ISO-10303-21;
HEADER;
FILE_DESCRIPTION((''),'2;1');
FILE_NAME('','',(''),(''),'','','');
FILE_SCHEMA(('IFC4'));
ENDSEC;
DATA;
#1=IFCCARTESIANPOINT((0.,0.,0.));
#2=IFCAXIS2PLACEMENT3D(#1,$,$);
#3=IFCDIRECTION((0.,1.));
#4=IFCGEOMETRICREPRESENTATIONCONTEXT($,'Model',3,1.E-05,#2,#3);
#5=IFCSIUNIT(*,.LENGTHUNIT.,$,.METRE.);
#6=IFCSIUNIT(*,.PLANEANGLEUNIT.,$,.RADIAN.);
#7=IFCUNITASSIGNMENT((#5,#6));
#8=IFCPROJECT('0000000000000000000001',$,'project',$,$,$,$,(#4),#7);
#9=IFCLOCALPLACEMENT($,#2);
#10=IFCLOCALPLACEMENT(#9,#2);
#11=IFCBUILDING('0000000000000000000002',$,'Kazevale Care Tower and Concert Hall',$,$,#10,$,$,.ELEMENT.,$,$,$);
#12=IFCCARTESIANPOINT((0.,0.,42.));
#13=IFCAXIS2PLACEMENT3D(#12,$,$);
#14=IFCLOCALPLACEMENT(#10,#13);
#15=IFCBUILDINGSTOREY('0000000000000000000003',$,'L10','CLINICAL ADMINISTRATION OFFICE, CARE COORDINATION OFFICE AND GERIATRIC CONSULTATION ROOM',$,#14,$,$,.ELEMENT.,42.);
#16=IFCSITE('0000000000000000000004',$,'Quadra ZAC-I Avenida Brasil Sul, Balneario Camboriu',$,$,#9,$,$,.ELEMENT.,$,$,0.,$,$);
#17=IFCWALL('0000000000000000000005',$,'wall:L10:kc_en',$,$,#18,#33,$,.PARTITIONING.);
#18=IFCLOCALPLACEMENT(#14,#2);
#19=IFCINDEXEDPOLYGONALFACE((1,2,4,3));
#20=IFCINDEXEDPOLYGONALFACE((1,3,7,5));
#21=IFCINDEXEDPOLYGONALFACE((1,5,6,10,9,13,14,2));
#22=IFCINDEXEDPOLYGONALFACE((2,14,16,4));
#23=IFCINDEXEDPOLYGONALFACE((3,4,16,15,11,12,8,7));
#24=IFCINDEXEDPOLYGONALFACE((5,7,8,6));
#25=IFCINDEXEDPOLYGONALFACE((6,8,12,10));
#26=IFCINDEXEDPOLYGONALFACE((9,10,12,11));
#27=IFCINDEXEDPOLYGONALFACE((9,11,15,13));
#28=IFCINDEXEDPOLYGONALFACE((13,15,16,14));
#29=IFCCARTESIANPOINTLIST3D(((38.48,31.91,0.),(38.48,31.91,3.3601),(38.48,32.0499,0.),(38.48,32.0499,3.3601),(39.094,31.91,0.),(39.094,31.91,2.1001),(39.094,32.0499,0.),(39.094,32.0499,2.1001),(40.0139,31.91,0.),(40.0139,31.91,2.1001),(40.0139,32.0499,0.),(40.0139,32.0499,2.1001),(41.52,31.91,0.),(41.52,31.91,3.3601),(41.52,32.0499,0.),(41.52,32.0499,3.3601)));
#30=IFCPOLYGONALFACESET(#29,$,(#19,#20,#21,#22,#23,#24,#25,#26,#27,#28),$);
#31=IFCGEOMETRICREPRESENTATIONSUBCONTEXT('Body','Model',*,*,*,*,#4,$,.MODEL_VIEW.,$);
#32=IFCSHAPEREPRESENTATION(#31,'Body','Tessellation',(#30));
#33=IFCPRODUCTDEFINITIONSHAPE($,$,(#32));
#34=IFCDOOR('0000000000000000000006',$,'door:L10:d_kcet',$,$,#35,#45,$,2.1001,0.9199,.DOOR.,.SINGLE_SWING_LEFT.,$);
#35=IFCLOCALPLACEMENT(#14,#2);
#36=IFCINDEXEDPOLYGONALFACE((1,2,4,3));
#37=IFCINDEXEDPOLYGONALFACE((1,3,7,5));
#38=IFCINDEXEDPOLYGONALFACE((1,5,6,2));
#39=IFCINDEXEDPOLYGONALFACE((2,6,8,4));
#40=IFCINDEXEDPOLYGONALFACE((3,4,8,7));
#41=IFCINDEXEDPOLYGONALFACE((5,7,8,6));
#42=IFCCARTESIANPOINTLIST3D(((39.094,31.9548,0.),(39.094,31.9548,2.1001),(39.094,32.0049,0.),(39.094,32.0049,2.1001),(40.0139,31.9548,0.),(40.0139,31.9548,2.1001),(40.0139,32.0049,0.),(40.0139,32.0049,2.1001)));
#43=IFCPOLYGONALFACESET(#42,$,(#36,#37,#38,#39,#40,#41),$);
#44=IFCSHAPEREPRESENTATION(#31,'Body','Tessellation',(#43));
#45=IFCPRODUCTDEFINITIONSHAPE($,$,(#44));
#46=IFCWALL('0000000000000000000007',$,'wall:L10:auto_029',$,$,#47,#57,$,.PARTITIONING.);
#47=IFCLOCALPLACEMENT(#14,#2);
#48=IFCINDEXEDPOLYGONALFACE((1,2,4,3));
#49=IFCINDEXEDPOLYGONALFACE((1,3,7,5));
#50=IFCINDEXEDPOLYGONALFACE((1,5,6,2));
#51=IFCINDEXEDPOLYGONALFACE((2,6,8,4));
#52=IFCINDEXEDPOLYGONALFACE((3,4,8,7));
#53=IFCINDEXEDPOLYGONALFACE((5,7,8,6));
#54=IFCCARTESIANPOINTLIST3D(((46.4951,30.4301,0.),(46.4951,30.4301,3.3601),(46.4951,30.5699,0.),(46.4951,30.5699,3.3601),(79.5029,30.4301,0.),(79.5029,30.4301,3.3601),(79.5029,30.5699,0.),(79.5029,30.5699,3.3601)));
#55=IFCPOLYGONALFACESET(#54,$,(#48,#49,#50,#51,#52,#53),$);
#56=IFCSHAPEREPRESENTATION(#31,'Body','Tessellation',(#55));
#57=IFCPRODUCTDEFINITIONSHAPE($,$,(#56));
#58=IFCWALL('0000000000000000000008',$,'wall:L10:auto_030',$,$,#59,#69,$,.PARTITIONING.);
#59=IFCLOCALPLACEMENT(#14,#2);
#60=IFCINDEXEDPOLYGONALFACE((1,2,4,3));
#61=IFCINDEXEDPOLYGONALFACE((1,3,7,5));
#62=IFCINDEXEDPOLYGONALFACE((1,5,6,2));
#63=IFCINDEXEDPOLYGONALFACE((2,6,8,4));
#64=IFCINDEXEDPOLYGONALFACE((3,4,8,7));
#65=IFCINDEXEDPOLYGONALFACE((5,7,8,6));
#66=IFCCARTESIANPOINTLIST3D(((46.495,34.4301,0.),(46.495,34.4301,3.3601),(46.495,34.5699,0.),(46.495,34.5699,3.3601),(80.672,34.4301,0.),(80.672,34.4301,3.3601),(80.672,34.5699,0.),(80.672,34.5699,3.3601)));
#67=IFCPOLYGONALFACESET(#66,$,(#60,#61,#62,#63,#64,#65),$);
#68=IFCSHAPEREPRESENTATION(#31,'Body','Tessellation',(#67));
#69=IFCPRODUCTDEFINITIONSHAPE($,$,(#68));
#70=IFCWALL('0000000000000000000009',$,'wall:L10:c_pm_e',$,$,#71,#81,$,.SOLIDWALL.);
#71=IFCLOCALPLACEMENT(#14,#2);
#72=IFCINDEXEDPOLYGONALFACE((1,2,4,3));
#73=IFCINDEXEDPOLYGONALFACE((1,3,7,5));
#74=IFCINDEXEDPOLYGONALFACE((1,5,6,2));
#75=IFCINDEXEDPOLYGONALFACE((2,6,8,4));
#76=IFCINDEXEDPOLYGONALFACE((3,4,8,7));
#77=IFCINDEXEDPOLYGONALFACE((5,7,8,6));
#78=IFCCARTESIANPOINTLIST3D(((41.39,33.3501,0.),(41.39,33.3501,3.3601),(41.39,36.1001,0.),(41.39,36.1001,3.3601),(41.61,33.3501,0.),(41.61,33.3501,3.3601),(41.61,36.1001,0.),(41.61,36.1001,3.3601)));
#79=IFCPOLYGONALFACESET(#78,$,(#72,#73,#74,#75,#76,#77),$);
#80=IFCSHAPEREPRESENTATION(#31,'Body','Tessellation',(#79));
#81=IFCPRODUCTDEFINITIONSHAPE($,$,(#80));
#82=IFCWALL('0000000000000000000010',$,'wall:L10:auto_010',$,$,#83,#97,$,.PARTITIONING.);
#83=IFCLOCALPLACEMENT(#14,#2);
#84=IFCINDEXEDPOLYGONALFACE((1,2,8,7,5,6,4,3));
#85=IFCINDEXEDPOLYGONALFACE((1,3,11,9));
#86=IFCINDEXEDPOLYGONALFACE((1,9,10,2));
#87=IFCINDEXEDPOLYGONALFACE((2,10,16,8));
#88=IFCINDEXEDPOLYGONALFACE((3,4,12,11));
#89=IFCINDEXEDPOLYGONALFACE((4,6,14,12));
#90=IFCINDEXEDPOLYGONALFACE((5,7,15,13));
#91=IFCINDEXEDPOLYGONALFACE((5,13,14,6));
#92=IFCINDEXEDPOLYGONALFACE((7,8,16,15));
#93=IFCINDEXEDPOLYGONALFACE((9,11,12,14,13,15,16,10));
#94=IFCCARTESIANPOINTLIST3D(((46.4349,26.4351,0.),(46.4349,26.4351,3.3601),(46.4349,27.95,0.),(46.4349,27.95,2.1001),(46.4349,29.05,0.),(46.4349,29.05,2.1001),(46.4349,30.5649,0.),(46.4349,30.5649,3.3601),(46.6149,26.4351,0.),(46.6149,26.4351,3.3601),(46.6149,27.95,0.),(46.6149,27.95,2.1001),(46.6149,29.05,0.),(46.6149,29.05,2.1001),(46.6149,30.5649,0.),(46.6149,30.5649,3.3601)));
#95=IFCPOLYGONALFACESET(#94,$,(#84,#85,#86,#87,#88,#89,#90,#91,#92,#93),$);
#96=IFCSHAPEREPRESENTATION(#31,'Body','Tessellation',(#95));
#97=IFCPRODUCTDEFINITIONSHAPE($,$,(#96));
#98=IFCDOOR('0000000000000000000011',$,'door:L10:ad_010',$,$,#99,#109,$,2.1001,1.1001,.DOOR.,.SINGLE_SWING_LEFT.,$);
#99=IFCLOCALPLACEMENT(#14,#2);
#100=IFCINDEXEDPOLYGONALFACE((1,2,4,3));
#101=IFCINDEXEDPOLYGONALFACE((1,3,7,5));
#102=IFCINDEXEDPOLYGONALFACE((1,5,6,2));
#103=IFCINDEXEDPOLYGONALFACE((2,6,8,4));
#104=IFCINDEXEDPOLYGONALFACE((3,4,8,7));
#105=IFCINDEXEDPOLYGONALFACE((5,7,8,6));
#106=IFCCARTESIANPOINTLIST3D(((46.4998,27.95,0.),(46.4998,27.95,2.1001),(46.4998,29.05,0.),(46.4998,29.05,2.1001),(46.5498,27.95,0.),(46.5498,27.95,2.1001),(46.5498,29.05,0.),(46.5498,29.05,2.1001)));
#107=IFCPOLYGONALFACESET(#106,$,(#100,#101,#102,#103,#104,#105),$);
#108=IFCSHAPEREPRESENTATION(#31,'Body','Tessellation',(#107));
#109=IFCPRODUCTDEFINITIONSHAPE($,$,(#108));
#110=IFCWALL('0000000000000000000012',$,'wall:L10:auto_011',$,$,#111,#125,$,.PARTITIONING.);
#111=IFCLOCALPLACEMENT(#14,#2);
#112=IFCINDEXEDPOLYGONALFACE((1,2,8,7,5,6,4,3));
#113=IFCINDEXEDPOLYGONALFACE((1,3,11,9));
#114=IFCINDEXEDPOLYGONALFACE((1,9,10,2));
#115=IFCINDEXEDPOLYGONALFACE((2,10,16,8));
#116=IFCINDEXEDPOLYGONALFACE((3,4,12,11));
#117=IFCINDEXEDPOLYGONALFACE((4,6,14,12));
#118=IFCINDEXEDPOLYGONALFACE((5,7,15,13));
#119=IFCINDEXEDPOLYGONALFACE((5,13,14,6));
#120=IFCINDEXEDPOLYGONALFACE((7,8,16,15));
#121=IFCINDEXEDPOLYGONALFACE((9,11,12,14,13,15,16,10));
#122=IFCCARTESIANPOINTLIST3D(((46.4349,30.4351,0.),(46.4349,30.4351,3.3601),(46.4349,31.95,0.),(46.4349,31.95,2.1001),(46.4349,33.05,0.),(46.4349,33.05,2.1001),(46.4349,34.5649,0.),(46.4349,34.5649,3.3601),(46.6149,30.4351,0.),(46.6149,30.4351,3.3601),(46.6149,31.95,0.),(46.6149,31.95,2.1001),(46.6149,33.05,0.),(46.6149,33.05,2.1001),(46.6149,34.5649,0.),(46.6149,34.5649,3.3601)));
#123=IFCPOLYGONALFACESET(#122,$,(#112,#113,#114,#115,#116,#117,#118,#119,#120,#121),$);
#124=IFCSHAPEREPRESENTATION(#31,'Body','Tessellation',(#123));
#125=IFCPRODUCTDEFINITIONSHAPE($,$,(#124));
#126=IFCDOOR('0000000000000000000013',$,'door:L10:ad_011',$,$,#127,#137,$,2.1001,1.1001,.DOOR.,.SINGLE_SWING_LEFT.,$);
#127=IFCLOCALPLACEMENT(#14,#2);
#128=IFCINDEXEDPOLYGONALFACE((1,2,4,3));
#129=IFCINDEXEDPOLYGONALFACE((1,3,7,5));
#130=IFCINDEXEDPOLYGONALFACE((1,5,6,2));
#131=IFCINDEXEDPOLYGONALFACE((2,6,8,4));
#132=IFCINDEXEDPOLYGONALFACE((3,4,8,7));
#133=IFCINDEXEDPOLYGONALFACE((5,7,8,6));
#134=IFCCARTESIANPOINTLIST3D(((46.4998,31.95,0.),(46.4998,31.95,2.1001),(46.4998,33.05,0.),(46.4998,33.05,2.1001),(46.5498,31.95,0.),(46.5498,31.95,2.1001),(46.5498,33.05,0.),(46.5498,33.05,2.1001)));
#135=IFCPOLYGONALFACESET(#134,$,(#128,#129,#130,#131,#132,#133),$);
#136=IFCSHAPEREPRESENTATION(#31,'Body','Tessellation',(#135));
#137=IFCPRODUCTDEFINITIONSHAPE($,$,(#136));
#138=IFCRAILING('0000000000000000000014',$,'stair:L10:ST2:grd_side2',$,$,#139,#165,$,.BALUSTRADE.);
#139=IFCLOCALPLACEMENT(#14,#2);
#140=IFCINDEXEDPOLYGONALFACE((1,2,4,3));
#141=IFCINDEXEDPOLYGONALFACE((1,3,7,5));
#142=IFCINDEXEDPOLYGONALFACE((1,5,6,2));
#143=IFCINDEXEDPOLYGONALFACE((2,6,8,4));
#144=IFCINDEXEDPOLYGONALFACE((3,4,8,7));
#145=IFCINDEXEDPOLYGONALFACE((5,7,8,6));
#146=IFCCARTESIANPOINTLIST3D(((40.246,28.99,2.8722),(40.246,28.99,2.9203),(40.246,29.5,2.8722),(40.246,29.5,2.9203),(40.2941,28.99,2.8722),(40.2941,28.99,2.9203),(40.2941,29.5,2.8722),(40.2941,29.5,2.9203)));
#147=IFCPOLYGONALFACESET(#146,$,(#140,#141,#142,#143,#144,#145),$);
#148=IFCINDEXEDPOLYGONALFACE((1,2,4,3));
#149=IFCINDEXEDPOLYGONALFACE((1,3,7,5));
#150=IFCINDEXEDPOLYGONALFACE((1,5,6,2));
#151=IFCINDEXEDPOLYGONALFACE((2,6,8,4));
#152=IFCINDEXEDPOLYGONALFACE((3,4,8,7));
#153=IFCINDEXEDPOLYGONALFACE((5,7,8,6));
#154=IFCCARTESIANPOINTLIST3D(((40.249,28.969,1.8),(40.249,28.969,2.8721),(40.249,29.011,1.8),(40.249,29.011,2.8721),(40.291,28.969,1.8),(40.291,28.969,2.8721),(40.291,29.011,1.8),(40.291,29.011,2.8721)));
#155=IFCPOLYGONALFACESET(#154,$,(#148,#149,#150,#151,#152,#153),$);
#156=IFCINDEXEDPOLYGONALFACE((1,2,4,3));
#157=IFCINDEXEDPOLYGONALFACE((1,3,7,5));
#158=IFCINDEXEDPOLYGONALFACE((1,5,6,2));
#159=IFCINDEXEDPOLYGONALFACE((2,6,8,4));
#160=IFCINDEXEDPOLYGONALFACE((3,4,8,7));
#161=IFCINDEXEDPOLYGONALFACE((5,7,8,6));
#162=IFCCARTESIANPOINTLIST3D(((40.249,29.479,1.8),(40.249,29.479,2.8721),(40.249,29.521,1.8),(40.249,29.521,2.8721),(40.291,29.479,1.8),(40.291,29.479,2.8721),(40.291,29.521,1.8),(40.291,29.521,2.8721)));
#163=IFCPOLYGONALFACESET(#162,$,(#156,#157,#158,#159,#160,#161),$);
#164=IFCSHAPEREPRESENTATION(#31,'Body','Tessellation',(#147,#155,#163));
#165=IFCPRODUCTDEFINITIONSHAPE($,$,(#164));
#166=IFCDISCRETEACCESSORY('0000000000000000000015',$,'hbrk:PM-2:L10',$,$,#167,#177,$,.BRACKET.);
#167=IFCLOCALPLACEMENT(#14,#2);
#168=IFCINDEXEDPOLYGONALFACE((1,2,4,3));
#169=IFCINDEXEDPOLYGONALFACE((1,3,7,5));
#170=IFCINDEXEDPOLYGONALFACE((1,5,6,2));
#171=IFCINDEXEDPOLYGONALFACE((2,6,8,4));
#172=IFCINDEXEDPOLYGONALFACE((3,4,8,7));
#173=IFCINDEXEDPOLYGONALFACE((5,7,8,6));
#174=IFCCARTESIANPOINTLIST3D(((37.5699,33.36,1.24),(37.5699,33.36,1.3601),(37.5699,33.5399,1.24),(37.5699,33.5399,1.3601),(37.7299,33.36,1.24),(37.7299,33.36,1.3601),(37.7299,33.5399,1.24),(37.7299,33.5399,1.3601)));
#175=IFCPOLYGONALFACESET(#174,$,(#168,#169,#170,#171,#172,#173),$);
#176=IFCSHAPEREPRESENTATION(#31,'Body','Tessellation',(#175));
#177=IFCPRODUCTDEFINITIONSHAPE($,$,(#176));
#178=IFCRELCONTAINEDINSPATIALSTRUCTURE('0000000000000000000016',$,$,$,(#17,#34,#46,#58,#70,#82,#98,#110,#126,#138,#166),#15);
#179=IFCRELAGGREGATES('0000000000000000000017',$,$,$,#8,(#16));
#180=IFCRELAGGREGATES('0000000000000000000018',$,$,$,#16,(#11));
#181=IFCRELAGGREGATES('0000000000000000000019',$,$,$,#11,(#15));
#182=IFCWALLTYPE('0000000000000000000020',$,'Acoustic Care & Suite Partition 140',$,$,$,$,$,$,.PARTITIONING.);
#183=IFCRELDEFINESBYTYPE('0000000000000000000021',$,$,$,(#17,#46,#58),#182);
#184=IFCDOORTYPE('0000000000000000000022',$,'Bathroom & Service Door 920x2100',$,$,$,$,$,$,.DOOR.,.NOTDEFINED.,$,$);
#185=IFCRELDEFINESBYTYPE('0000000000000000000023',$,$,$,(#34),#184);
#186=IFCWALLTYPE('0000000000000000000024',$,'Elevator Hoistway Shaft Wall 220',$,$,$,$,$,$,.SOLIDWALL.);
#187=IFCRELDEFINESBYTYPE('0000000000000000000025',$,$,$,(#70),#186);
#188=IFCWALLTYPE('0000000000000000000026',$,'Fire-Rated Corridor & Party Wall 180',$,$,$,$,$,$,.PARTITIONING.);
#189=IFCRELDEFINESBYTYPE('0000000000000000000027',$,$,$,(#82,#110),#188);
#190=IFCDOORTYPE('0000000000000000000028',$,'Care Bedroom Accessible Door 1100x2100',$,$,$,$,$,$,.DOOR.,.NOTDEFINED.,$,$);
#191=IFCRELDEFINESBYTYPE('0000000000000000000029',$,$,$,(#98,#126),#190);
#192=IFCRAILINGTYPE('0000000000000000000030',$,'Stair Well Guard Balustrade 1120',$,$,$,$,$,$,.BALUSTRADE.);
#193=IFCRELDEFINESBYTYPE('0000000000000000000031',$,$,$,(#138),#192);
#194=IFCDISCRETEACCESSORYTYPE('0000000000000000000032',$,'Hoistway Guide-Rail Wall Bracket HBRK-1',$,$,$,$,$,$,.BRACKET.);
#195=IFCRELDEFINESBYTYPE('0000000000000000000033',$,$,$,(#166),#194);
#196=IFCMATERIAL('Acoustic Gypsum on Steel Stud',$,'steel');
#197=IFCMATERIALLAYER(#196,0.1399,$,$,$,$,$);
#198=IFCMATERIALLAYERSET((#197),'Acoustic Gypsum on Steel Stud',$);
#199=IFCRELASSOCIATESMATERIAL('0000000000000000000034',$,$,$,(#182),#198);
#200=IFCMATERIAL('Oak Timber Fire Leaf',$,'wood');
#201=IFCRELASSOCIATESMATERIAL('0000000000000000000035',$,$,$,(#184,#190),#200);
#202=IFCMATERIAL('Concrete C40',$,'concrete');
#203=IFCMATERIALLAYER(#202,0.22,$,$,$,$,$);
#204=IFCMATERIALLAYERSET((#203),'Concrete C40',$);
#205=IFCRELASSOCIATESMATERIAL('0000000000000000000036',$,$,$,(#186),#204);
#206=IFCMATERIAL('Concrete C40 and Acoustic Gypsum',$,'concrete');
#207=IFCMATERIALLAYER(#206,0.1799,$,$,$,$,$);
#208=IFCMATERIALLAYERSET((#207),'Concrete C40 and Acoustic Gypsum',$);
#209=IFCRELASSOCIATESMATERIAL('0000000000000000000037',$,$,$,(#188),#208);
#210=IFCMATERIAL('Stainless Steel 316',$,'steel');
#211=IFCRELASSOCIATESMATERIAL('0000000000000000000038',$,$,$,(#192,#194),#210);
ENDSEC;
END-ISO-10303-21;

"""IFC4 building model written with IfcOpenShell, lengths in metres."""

from ifc_helpers import new_model, si_unit, direction, frame, frame_2d, origin, origin_2d, place, context, subcontext, project, spatial, rectangle, extrude, material, layer, layer_set, type_object, element, fill, save


model = new_model("IFC4")

# Units and contexts
model_context = context("Model", 3, precision=1e-05, world=origin(), true_north=direction((0.0, 1.0)))
body_context = subcontext(model_context, "Body", "Model", "MODEL_VIEW")
ifc_project = project(units=[si_unit("LENGTHUNIT", "METRE"), si_unit("PLANEANGLEUNIT", "RADIAN")], contexts=[model_context])

# Site, building, storey
site_placement = place(None, origin())
site = spatial("IfcSite", under=ifc_project, at=site_placement, Name="Quadra ZAC-I Avenida Brasil Sul, Balneario Camboriu", CompositionType="ELEMENT", RefElevation=0.0)
building_placement = place(site_placement, origin())
building = spatial("IfcBuilding", under=site, at=building_placement, Name="Kazevale Care Tower and Concert Hall", CompositionType="ELEMENT")
storey_placement = place(building_placement, frame((0.0, 0.0, 42.0)))
storey = spatial("IfcBuildingStorey", under=building, at=storey_placement, Name="L10", Description="CLINICAL ADMINISTRATION OFFICE, CARE COORDINATION OFFICE AND GERIATRIC CONSULTATION ROOM", CompositionType="ELEMENT", Elevation=42.0)

# Shared definitions
ifc_material_1 = material(Name="Acoustic Gypsum on Steel Stud", Category="steel")
ifc_layer_1 = layer(ifc_material_1, 0.1399)
ifc_layer_set_1 = layer_set([ifc_layer_1], Name="Acoustic Gypsum on Steel Stud")
wall_type_1 = type_object("IfcWallType", Name="Acoustic Care & Suite Partition 140", PredefinedType="PARTITIONING", material=ifc_layer_set_1)

# Wall, opening, door
ifc_material_2 = material(Name="Oak Timber Fire Leaf", Category="wood")
door_type_1 = type_object("IfcDoorType", Name="Bathroom & Service Door 920x2100", OperationType="NOTDEFINED", PredefinedType="DOOR", material=ifc_material_2)
wall_1_placement = place(storey_placement, frame((38.48, 31.98, 0.0), z_axis=(0.0, 0.0, 1.0), x_axis=(1.0, 0.0, 0.0)))
wall_1 = element("IfcWall", 1, at=wall_1_placement, inside=storey, type_object=wall_type_1, Name="wall:L10:kc_en", PredefinedType="PARTITIONING", context=body_context, shape_type="SweptSolid", body=[
    extrude(rectangle(XDim=3.04, YDim=0.1399, at=frame_2d((1.52, 0.0))), origin(), (0.0, 0.0, 1.0), 3.3601),
])
opening_1_placement = place(wall_1_placement, frame((0.614, 0.0, 0.0)))
opening_1 = element("IfcOpeningElement", 2, at=opening_1_placement, cuts=wall_1, PredefinedType="OPENING", context=body_context, shape_type="SweptSolid", body=[
    extrude(rectangle(XDim=0.9199, YDim=2.1001, at=frame_2d((0.46, 1.05))), frame((0.0, 0.0798, 0.0), z_axis=(0.0, -1.0, 0.0), x_axis=(1.0, 0.0, 0.0)), (0.0, 0.0, 1.0), 0.1599),
])
door_1_placement = place(opening_1_placement, origin())
door_1 = element("IfcDoor", 3, at=door_1_placement, inside=storey, type_object=door_type_1, Name="door:L10:d_kcet", OperationType="SINGLE_SWING_LEFT", OverallHeight=2.1001, OverallWidth=0.9199, PredefinedType="DOOR", context=body_context, shape_type="SweptSolid", body=[
    extrude(rectangle(XDim=0.9199, YDim=2.1001, at=frame_2d((0.46, 1.05))), frame((0.0, 0.0249, 0.0), z_axis=(0.0, -1.0, 0.0), x_axis=(1.0, 0.0, 0.0)), (0.0, 0.0, 1.0), 0.05),
])
fill(opening_1, door_1)

# Walls
wall_2_placement = place(storey_placement, frame((46.4951, 30.5, 0.0), z_axis=(0.0, 0.0, 1.0), x_axis=(1.0, 0.0, 0.0)))
element("IfcWall", 4, at=wall_2_placement, inside=storey, type_object=wall_type_1, Name="wall:L10:auto_029", PredefinedType="PARTITIONING", context=body_context, shape_type="SweptSolid", body=[
    extrude(rectangle(XDim=33.0078, YDim=0.1399, at=frame_2d((16.5039, 0.0))), origin(), (0.0, 0.0, 1.0), 3.3601),
])
wall_3_placement = place(storey_placement, frame((46.4951, 34.5, 0.0), z_axis=(0.0, 0.0, 1.0), x_axis=(1.0, 0.0, 0.0)))
element("IfcWall", 5, at=wall_3_placement, inside=storey, type_object=wall_type_1, Name="wall:L10:auto_030", PredefinedType="PARTITIONING", context=body_context, shape_type="SweptSolid", body=[
    extrude(rectangle(XDim=34.177, YDim=0.1399, at=frame_2d((17.0884, 0.0))), origin(), (0.0, 0.0, 1.0), 3.3601),
])
ifc_material_3 = material(Name="Concrete C40", Category="concrete")
ifc_layer_2 = layer(ifc_material_3, 0.22)
ifc_layer_set_2 = layer_set([ifc_layer_2], Name="Concrete C40")
wall_type_2 = type_object("IfcWallType", Name="Elevator Hoistway Shaft Wall 220", PredefinedType="SOLIDWALL", material=ifc_layer_set_2)
wall_4_placement = place(storey_placement, frame((41.5, 33.3501, 0.0), z_axis=(0.0, 0.0, 1.0), x_axis=(0.0, 1.0, 0.0)))
element("IfcWall", 6, at=wall_4_placement, inside=storey, type_object=wall_type_2, Name="wall:L10:c_pm_e", PredefinedType="SOLIDWALL", context=body_context, shape_type="SweptSolid", body=[
    extrude(rectangle(XDim=2.75, YDim=0.22, at=frame_2d((1.375, 0.0))), origin(), (0.0, 0.0, 1.0), 3.3601),
])

# Walls, openings, doors
ifc_material_4 = material(Name="Concrete C40 and Acoustic Gypsum", Category="concrete")
ifc_layer_3 = layer(ifc_material_4, 0.1799)
ifc_layer_set_3 = layer_set([ifc_layer_3], Name="Concrete C40 and Acoustic Gypsum")
wall_type_3 = type_object("IfcWallType", Name="Fire-Rated Corridor & Party Wall 180", PredefinedType="PARTITIONING", material=ifc_layer_set_3)
wall_5_placement = place(storey_placement, frame((46.5249, 30.5649, 0.0), z_axis=(0.0, 0.0, 1.0), x_axis=(0.0, -1.0, 0.0)))
wall_5 = element("IfcWall", 7, at=wall_5_placement, inside=storey, type_object=wall_type_3, Name="wall:L10:auto_010", PredefinedType="PARTITIONING", context=body_context, shape_type="SweptSolid", body=[
    extrude(rectangle(XDim=4.1299, YDim=0.1799, at=frame_2d((2.0649, 0.0))), origin(), (0.0, 0.0, 1.0), 3.3601),
])
opening_2_placement = place(wall_5_placement, frame((1.5149, 0.0, 0.0)))
opening_2 = element("IfcOpeningElement", 8, at=opening_2_placement, cuts=wall_5, PredefinedType="OPENING", context=body_context, shape_type="SweptSolid", body=[
    extrude(rectangle(XDim=1.1001, YDim=2.1001, at=frame_2d((0.55, 1.05))), frame((0.0, 0.0999, 0.0), z_axis=(0.0, -1.0, 0.0), x_axis=(1.0, 0.0, 0.0)), (0.0, 0.0, 1.0), 0.2),
])
door_type_2 = type_object("IfcDoorType", Name="Care Bedroom Accessible Door 1100x2100", OperationType="NOTDEFINED", PredefinedType="DOOR", material=ifc_material_2)
door_2_placement = place(opening_2_placement, origin())
door_2 = element("IfcDoor", 9, at=door_2_placement, inside=storey, type_object=door_type_2, Name="door:L10:ad_010", OperationType="SINGLE_SWING_LEFT", OverallHeight=2.1001, OverallWidth=1.1001, PredefinedType="DOOR", context=body_context, shape_type="SweptSolid", body=[
    extrude(rectangle(XDim=1.1001, YDim=2.1001, at=frame_2d((0.55, 1.05))), frame((0.0, 0.0249, 0.0), z_axis=(0.0, -1.0, 0.0), x_axis=(1.0, 0.0, 0.0)), (0.0, 0.0, 1.0), 0.05),
])
fill(opening_2, door_2)
wall_6_placement = place(storey_placement, frame((46.5249, 34.5649, 0.0), z_axis=(0.0, 0.0, 1.0), x_axis=(0.0, -1.0, 0.0)))
wall_6 = element("IfcWall", 10, at=wall_6_placement, inside=storey, type_object=wall_type_3, Name="wall:L10:auto_011", PredefinedType="PARTITIONING", context=body_context, shape_type="SweptSolid", body=[
    extrude(rectangle(XDim=4.1299, YDim=0.1799, at=frame_2d((2.0649, 0.0))), origin(), (0.0, 0.0, 1.0), 3.3601),
])
opening_3_placement = place(wall_6_placement, frame((1.5149, 0.0, 0.0)))
opening_3 = element("IfcOpeningElement", 11, at=opening_3_placement, cuts=wall_6, PredefinedType="OPENING", context=body_context, shape_type="SweptSolid", body=[
    extrude(rectangle(XDim=1.1001, YDim=2.1001, at=frame_2d((0.55, 1.05))), frame((0.0, 0.0999, 0.0), z_axis=(0.0, -1.0, 0.0), x_axis=(1.0, 0.0, 0.0)), (0.0, 0.0, 1.0), 0.2),
])
door_3_placement = place(opening_3_placement, origin())
door_3 = element("IfcDoor", 12, at=door_3_placement, inside=storey, type_object=door_type_2, Name="door:L10:ad_011", OperationType="SINGLE_SWING_LEFT", OverallHeight=2.1001, OverallWidth=1.1001, PredefinedType="DOOR", context=body_context, shape_type="SweptSolid", body=[
    extrude(rectangle(XDim=1.1001, YDim=2.1001, at=frame_2d((0.55, 1.05))), frame((0.0, 0.0249, 0.0), z_axis=(0.0, -1.0, 0.0), x_axis=(1.0, 0.0, 0.0)), (0.0, 0.0, 1.0), 0.05),
])
fill(opening_3, door_3)

# Railing
ifc_material_5 = material(Name="Stainless Steel 316", Category="steel")
railing_type = type_object("IfcRailingType", Name="Stair Well Guard Balustrade 1120", PredefinedType="BALUSTRADE", material=ifc_material_5)
railing_placement = place(storey_placement, frame((40.27, 28.99, 1.8)))
element("IfcRailing", 13, at=railing_placement, inside=storey, type_object=railing_type, Name="stair:L10:ST2:grd_side2", PredefinedType="BALUSTRADE", context=body_context, shape_type="SweptSolid", body=[
    extrude(rectangle(XDim=0.0481, YDim=0.0481, at=origin_2d()), frame((0.0, 0.0, 1.0962), z_axis=(0.0, 1.0, 0.0), x_axis=(-1.0, 0.0, 0.0)), (0.0, 0.0, 1.0), 0.51),
    extrude(rectangle(XDim=0.042, YDim=0.042, at=origin_2d()), origin(), (0.0, 0.0, 1.0), 1.072),
    extrude(rectangle(XDim=0.042, YDim=0.042, at=origin_2d()), frame((0.0, 0.51, 0.0)), (0.0, 0.0, 1.0), 1.072),
])

# Discrete accessory
discrete_accessory_type = type_object("IfcDiscreteAccessoryType", Name="Hoistway Guide-Rail Wall Bracket HBRK-1", PredefinedType="BRACKET", material=ifc_material_5)
for number, where, z_axis, x_axis, name in (
    (14, (37.6499, 33.45, 1.24), (0.0, 0.0, 1.0), (1.0, 0.0, 0.0), "hbrk:PM-2:L10"),
):
    element("IfcDiscreteAccessory", number, at=place(storey_placement, frame(where, z_axis=z_axis, x_axis=x_axis)), inside=storey, type_object=discrete_accessory_type, Name=name, PredefinedType="BRACKET", context=body_context, shape_type="SweptSolid", body=[
        extrude(rectangle(XDim=0.1599, YDim=0.1799, at=origin_2d()), origin(), (0.0, 0.0, 1.0), 0.1201),
    ])

save(model, "model.ifc")
